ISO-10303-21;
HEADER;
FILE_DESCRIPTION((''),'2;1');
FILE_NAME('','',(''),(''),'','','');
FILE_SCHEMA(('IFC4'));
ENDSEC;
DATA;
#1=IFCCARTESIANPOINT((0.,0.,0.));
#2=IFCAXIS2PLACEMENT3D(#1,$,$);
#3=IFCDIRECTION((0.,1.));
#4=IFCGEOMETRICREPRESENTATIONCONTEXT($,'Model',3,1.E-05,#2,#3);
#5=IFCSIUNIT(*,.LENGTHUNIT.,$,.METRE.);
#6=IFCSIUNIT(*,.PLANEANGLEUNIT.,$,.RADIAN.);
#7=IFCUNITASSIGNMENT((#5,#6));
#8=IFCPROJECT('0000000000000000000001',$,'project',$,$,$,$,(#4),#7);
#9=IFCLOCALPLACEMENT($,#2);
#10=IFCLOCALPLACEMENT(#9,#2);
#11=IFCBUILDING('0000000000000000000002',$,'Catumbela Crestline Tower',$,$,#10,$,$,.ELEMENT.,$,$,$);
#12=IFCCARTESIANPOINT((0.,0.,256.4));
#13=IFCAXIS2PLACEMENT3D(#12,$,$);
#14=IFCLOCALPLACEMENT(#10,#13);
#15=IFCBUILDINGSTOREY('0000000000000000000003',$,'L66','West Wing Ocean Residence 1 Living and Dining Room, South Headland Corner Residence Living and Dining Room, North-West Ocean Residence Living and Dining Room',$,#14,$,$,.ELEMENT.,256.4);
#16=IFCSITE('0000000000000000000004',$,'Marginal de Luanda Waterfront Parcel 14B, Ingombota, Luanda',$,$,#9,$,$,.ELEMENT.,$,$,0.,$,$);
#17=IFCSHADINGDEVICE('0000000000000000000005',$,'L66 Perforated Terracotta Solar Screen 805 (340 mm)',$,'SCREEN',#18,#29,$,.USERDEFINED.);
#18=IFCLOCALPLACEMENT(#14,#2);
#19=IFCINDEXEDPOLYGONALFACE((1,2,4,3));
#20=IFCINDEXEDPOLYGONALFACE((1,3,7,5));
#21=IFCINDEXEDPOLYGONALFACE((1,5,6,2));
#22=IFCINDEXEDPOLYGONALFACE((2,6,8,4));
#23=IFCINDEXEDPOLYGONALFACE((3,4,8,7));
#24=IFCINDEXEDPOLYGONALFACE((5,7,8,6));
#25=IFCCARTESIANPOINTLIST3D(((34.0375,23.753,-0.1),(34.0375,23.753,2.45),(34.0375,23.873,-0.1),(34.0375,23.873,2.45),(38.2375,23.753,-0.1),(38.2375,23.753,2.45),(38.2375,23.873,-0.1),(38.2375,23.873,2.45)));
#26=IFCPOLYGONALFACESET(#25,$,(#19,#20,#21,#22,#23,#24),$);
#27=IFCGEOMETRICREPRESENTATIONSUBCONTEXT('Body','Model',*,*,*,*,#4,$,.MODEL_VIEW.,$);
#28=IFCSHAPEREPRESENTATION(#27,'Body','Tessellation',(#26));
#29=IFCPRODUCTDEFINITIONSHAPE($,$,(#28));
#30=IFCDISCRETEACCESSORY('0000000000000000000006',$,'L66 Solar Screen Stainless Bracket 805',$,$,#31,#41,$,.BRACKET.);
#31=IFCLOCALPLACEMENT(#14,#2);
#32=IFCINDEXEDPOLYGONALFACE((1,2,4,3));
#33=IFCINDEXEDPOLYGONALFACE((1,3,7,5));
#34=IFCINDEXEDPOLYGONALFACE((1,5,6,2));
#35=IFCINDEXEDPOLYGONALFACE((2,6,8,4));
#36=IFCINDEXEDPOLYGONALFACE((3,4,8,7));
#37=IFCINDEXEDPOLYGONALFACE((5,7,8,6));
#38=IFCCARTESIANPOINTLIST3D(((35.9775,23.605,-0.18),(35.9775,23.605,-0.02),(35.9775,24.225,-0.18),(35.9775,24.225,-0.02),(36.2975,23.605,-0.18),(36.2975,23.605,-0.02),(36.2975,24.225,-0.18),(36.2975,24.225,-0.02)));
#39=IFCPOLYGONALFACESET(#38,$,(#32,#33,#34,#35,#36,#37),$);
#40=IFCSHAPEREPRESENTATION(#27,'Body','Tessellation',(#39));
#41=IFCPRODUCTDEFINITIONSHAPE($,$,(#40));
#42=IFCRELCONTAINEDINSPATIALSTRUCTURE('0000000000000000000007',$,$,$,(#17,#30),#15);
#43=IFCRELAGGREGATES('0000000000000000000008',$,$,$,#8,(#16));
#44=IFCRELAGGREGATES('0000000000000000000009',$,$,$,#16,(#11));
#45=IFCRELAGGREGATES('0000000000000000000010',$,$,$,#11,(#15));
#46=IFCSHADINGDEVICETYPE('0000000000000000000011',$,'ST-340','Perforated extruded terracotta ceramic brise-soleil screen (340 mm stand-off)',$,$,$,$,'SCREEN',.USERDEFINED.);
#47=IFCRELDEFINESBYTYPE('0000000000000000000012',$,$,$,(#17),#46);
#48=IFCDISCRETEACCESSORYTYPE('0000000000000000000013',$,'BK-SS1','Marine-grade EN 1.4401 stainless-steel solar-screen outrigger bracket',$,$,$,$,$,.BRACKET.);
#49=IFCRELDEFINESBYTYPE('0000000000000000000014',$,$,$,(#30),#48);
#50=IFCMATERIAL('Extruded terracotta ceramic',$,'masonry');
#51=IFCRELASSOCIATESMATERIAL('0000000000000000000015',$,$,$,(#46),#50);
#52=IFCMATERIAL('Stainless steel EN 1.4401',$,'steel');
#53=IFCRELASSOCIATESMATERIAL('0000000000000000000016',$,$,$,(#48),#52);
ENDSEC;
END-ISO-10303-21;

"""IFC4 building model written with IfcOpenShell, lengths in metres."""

from ifc_helpers import new_model, si_unit, direction, frame, origin, origin_2d, place, context, subcontext, project, spatial, rectangle, extrude, material, type_object, element, save


model = new_model("IFC4")

# Units and contexts
model_context = context("Model", 3, precision=1e-05, world=origin(), true_north=direction((0.0, 1.0)))
body_context = subcontext(model_context, "Body", "Model", "MODEL_VIEW")
ifc_project = project(units=[si_unit("LENGTHUNIT", "METRE"), si_unit("PLANEANGLEUNIT", "RADIAN")], contexts=[model_context])

# Site, building, storey
site_placement = place(None, origin())
site = spatial("IfcSite", under=ifc_project, at=site_placement, Name="Marginal de Luanda Waterfront Parcel 14B, Ingombota, Luanda", CompositionType="ELEMENT", RefElevation=0.0)
building_placement = place(site_placement, origin())
building = spatial("IfcBuilding", under=site, at=building_placement, Name="Catumbela Crestline Tower", CompositionType="ELEMENT")
storey_placement = place(building_placement, frame((0.0, 0.0, 256.4)))
storey = spatial("IfcBuildingStorey", under=building, at=storey_placement, Name="L66", Description="West Wing Ocean Residence 1 Living and Dining Room, South Headland Corner Residence Living and Dining Room, North-West Ocean Residence Living and Dining Room", CompositionType="ELEMENT", Elevation=256.4)

# Shared definitions
ifc_material_1 = material(Name="Stainless steel EN 1.4401", Category="steel")

# Shading device
ifc_material_2 = material(Name="Extruded terracotta ceramic", Category="masonry")
shading_device_type = type_object("IfcShadingDeviceType", Name="ST-340", Description="Perforated extruded terracotta ceramic brise-soleil screen (340 mm stand-off)", ElementType="SCREEN", PredefinedType="USERDEFINED", material=ifc_material_2)
shading_device_placement = place(storey_placement, frame((36.1375, 23.813, -0.1), z_axis=(0.0, 0.0, 1.0), x_axis=(1.0, 0.0, 0.0)))
element("IfcShadingDevice", 1, at=shading_device_placement, inside=storey, type_object=shading_device_type, Name="L66 Perforated Terracotta Solar Screen 805 (340 mm)", ObjectType="SCREEN", PredefinedType="USERDEFINED", context=body_context, shape_type="SweptSolid", body=[
    extrude(rectangle(XDim=4.2, YDim=0.12, at=origin_2d()), origin(), (0.0, 0.0, 1.0), 2.55),
])

# Discrete accessory
discrete_accessory_type = type_object("IfcDiscreteAccessoryType", Name="BK-SS1", Description="Marine-grade EN 1.4401 stainless-steel solar-screen outrigger bracket", PredefinedType="BRACKET", material=ifc_material_1)
discrete_accessory_placement = place(storey_placement, frame((36.1375, 23.915, -0.18), z_axis=(0.0, 0.0, 1.0), x_axis=(1.0, 0.0, 0.0)))
element("IfcDiscreteAccessory", 2, at=discrete_accessory_placement, inside=storey, type_object=discrete_accessory_type, Name="L66 Solar Screen Stainless Bracket 805", PredefinedType="BRACKET", context=body_context, shape_type="SweptSolid", body=[
    extrude(rectangle(XDim=0.32, YDim=0.62, at=origin_2d()), origin(), (0.0, 0.0, 1.0), 0.16),
])

save(model, "model.ifc")
